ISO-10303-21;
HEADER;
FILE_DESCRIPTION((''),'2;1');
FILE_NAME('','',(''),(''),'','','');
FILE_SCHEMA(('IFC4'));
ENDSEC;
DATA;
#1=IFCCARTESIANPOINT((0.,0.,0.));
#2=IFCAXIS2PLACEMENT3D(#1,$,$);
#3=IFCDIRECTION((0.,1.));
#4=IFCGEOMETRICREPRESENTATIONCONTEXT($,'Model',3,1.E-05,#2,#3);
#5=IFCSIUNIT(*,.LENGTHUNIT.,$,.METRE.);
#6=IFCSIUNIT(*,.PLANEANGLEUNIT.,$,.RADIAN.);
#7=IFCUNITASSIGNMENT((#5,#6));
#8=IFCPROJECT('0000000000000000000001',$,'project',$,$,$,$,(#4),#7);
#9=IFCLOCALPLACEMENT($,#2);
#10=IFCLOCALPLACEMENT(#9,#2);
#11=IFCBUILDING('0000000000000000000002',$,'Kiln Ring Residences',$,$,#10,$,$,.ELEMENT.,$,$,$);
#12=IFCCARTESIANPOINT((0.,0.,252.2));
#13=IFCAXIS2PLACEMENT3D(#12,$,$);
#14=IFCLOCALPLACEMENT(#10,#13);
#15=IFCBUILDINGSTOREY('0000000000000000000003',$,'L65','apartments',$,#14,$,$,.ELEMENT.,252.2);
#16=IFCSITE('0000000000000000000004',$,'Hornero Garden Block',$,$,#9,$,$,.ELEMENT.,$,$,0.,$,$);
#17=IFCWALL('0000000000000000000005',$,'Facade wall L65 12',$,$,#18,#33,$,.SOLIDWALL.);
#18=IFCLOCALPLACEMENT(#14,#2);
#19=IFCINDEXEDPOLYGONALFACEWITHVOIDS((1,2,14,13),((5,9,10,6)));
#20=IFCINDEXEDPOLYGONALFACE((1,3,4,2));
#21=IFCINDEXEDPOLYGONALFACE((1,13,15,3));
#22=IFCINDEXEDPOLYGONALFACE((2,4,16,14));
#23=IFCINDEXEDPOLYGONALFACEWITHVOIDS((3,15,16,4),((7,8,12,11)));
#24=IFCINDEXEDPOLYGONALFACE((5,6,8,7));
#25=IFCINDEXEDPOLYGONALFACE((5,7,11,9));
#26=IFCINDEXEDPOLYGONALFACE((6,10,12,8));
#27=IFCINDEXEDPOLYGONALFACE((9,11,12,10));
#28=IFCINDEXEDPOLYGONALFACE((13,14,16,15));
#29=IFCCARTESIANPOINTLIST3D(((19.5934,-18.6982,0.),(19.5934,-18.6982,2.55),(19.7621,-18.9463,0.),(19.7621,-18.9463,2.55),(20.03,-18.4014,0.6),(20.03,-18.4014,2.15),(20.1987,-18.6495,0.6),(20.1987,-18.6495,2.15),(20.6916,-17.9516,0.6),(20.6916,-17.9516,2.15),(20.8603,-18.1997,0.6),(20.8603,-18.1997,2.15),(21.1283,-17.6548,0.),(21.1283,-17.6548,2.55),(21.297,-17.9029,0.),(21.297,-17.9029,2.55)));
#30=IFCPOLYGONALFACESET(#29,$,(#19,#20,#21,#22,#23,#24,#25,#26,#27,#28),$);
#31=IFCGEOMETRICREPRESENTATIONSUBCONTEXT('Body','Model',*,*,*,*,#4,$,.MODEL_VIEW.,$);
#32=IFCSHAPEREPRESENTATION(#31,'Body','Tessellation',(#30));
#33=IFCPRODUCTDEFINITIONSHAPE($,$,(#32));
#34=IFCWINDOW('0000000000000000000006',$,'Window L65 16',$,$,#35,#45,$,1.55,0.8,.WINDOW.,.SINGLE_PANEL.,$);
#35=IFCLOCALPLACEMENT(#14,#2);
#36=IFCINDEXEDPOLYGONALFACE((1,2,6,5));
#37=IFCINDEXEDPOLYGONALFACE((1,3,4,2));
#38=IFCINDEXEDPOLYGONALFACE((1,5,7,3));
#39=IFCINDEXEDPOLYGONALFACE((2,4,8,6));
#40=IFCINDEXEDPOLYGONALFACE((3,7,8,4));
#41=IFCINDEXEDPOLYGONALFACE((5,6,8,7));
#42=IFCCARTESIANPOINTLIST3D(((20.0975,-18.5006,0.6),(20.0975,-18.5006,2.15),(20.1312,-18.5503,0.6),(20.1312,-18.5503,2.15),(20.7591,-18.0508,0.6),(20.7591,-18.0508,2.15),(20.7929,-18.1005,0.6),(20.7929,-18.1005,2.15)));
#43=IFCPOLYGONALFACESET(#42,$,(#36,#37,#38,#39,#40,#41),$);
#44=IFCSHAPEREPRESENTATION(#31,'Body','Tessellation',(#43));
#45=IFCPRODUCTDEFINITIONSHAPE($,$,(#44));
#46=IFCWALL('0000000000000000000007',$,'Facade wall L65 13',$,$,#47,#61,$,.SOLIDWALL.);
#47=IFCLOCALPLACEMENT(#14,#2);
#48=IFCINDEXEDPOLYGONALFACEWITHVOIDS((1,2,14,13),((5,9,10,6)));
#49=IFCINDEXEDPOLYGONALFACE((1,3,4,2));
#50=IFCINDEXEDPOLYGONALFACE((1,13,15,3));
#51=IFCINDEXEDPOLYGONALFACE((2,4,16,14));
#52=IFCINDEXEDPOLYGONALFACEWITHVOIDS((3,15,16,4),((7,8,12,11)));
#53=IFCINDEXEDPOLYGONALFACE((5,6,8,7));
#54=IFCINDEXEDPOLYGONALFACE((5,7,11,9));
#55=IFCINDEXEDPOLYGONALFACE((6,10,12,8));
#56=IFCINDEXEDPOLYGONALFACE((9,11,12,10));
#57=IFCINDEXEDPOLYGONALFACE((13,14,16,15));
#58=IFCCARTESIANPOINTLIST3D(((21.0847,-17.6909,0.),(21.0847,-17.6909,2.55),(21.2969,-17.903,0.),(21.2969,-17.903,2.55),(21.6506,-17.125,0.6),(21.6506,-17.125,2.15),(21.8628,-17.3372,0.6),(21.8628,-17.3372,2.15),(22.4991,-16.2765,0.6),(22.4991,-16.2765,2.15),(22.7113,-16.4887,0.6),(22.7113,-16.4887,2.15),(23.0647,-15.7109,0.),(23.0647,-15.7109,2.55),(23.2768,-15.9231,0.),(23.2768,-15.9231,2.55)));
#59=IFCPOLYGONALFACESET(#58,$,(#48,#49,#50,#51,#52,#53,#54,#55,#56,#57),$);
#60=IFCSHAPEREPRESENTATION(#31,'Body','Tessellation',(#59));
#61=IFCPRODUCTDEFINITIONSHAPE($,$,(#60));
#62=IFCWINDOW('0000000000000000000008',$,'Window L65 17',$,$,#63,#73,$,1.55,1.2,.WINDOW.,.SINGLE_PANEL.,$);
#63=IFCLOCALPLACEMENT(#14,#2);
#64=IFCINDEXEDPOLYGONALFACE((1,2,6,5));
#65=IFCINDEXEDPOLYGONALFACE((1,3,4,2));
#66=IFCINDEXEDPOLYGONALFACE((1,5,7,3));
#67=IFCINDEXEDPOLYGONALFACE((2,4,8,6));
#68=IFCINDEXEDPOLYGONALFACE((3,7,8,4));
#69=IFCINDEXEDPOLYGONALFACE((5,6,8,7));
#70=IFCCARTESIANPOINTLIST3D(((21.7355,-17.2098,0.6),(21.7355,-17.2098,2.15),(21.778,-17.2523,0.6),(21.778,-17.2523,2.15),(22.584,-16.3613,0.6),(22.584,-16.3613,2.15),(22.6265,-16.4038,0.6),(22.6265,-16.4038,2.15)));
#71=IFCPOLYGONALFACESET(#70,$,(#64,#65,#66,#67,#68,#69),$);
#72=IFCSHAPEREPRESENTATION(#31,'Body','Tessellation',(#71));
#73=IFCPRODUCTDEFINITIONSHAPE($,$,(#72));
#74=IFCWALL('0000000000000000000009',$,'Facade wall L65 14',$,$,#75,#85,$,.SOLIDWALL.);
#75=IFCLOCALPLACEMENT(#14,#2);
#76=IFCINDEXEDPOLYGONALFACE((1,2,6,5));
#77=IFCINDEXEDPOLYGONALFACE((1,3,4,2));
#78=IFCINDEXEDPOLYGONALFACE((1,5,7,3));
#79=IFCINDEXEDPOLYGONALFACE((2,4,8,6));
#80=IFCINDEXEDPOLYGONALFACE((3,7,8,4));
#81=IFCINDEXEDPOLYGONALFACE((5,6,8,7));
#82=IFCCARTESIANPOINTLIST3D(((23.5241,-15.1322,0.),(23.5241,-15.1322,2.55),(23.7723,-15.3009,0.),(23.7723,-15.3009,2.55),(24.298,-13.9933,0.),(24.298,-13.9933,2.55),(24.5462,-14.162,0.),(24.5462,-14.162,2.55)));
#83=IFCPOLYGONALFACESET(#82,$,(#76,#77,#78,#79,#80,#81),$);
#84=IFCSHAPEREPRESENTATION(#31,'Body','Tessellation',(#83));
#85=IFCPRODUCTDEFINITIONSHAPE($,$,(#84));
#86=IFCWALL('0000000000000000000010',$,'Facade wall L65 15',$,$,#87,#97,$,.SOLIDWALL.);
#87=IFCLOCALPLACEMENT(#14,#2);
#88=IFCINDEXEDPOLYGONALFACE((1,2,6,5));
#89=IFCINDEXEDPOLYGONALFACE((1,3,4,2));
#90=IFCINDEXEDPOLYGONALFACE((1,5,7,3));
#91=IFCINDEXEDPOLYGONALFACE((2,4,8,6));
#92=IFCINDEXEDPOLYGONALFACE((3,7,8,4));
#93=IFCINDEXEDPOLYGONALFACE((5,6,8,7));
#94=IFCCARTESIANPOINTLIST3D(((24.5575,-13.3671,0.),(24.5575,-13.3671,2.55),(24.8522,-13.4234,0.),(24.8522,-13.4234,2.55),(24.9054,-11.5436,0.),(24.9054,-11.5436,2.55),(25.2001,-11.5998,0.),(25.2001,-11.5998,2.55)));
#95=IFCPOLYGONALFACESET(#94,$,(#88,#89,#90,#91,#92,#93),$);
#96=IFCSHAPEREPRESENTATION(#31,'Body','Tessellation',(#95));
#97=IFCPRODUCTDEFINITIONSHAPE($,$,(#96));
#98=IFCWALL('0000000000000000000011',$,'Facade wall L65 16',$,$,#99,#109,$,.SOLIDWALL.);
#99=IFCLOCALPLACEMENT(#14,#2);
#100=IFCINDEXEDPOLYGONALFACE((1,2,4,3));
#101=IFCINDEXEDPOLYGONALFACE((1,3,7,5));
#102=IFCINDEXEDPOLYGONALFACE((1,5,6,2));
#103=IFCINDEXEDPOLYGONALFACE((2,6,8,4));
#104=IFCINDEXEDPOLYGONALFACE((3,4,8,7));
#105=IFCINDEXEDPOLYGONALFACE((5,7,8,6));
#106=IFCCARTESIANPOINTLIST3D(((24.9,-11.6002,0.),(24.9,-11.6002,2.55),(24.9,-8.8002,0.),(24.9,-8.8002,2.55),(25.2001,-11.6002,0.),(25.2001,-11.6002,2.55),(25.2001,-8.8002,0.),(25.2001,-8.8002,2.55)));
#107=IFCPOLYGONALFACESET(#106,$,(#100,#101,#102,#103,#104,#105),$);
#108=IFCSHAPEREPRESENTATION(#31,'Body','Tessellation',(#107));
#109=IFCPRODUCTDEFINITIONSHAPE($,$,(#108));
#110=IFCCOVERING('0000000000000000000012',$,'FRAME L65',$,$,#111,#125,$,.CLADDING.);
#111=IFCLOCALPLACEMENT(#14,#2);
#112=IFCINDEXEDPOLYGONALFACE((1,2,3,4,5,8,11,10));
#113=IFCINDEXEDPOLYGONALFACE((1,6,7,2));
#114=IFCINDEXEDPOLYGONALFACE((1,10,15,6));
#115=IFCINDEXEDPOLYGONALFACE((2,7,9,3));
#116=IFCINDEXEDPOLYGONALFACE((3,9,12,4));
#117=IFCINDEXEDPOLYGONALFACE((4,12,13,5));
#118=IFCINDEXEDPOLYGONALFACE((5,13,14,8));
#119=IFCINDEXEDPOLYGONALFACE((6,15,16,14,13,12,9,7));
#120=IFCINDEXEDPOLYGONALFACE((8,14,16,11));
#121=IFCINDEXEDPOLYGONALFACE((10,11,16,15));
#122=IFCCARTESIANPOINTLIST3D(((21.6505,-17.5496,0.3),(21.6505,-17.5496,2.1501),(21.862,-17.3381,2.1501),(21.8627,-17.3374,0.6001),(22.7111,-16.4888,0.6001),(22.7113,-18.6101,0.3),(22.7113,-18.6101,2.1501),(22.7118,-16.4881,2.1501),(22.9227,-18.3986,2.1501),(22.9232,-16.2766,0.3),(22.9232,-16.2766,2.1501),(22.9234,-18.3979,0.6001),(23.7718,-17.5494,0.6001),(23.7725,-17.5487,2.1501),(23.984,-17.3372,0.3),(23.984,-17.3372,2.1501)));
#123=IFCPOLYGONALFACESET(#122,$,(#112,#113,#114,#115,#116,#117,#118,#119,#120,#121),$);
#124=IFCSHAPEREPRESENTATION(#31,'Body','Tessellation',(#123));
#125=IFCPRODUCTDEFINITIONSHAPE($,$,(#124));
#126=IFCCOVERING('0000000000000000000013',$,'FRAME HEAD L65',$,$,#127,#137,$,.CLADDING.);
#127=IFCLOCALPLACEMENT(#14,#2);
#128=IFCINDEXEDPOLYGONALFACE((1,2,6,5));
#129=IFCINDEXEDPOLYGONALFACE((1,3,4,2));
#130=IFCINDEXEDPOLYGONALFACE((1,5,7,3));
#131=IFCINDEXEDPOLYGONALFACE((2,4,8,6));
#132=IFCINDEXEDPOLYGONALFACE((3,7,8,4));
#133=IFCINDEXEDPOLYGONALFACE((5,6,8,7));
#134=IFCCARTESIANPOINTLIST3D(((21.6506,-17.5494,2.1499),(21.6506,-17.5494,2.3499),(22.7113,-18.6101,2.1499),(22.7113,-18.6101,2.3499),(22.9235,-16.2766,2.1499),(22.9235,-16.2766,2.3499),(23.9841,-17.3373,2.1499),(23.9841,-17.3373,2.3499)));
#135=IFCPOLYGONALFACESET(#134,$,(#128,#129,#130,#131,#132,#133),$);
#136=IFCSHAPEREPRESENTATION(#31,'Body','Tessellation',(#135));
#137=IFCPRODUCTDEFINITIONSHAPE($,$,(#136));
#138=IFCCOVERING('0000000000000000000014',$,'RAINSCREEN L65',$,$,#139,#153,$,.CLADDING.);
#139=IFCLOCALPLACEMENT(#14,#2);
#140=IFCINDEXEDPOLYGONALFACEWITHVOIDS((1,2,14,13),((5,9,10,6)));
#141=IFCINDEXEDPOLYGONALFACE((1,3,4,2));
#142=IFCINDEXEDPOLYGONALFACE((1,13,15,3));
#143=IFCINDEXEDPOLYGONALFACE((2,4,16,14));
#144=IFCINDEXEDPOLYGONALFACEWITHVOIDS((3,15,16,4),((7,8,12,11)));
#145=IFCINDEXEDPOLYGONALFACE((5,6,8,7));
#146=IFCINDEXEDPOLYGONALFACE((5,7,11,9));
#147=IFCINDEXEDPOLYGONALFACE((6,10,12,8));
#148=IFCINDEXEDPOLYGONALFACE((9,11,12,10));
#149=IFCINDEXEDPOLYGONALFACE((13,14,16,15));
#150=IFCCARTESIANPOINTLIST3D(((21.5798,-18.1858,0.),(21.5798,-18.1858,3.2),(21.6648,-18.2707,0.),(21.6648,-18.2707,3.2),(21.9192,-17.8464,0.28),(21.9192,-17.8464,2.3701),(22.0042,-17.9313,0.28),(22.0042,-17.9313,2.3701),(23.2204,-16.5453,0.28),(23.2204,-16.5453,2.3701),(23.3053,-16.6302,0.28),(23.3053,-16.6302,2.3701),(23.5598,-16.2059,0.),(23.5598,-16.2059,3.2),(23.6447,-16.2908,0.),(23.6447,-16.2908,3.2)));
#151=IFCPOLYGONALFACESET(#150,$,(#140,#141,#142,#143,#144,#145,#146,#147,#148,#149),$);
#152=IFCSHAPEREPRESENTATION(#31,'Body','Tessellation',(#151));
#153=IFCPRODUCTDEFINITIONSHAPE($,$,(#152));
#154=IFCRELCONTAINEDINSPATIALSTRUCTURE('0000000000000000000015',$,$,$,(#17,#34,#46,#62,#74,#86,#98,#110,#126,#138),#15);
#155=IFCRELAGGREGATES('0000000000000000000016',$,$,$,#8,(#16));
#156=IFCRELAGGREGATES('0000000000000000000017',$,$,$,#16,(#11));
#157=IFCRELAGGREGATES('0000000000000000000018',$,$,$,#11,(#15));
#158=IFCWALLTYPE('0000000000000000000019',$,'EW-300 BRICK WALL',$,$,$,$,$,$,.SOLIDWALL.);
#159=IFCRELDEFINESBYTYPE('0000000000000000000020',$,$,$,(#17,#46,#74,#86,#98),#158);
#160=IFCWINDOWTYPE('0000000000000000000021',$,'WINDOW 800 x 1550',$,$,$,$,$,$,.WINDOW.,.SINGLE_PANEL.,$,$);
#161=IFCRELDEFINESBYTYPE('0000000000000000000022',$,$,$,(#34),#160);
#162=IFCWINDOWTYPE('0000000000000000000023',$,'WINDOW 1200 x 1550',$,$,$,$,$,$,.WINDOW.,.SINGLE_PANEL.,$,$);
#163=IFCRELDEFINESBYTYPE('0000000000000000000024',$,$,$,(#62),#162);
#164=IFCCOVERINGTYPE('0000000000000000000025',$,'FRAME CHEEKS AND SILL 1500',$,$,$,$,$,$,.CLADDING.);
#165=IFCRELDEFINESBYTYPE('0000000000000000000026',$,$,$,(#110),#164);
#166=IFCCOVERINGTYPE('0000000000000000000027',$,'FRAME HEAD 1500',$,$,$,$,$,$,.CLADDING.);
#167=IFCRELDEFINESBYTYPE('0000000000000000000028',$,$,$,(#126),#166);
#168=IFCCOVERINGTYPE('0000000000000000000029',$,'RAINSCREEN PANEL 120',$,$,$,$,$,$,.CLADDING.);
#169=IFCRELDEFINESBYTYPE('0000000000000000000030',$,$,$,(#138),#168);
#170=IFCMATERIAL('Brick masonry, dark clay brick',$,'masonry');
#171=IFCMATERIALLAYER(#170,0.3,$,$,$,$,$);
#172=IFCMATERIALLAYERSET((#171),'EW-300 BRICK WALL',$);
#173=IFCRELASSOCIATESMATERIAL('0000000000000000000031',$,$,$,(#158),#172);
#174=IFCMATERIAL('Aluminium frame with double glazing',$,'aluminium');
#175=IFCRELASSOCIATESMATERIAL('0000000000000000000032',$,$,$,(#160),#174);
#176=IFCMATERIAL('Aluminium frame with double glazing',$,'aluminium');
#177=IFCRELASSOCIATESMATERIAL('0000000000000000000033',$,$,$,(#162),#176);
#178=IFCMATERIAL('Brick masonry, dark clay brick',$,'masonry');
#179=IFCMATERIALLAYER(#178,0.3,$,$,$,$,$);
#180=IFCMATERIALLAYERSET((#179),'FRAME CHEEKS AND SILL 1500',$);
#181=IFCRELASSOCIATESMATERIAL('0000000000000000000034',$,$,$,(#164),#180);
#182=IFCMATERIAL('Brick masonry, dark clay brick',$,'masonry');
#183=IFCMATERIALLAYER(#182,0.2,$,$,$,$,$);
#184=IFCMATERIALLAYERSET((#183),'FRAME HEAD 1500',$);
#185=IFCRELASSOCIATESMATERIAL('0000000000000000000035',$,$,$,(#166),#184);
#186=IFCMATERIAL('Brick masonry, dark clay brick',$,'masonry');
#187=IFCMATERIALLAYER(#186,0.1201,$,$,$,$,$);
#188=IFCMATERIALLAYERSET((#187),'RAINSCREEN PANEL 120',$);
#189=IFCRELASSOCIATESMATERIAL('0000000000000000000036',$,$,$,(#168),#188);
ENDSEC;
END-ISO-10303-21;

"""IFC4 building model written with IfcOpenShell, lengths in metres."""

from ifc_helpers import new_model, si_unit, direction, frame, frame_2d, origin, origin_2d, place, context, subcontext, project, spatial, polyline, rectangle, outline, extrude, material, layer, layer_set, type_object, element, fill, save


model = new_model("IFC4")

# Units and contexts
model_context = context("Model", 3, precision=1e-05, world=origin(), true_north=direction((0.0, 1.0)))
body_context = subcontext(model_context, "Body", "Model", "MODEL_VIEW")
ifc_project = project(units=[si_unit("LENGTHUNIT", "METRE"), si_unit("PLANEANGLEUNIT", "RADIAN")], contexts=[model_context])

# Site, building, storey
site_placement = place(None, origin())
site = spatial("IfcSite", under=ifc_project, at=site_placement, Name="Hornero Garden Block", CompositionType="ELEMENT", RefElevation=0.0)
building_placement = place(site_placement, origin())
building = spatial("IfcBuilding", under=site, at=building_placement, Name="Kiln Ring Residences", CompositionType="ELEMENT")
storey_placement = place(building_placement, frame((0.0, 0.0, 252.2)))
storey = spatial("IfcBuildingStorey", under=building, at=storey_placement, Name="L65", Description="apartments", CompositionType="ELEMENT", Elevation=252.2)

# Walls, openings, windows
ifc_material_1 = material(Name="Brick masonry, dark clay brick", Category="masonry")
ifc_layer_1 = layer(ifc_material_1, 0.3)
ifc_layer_set_1 = layer_set([ifc_layer_1], Name="EW-300 BRICK WALL")
wall_type_1 = type_object("IfcWallType", Name="EW-300 BRICK WALL", PredefinedType="SOLIDWALL", material=ifc_layer_set_1)
wall_1_placement = place(storey_placement, frame((19.6777, -18.8223, 0.0), z_axis=(0.0, 0.0, 1.0), x_axis=(0.826997, 0.562206, 0.0)))
wall_1 = element("IfcWall", 1, at=wall_1_placement, inside=storey, type_object=wall_type_1, Name="Facade wall L65 12", PredefinedType="SOLIDWALL", context=body_context, shape_type="SweptSolid", body=[
    extrude(rectangle(XDim=1.856, YDim=0.3, at=frame_2d((0.928, 0.0))), origin(), (0.0, 0.0, 1.0), 2.55),
])
opening_1_placement = place(wall_1_placement, frame((0.5281, 0.0, 0.6001)))
opening_1 = element("IfcOpeningElement", 2, at=opening_1_placement, cuts=wall_1, PredefinedType="OPENING", context=body_context, shape_type="SweptSolid", body=[
    extrude(rectangle(XDim=0.8, YDim=1.55, at=frame_2d((0.3999, 0.7749))), frame((0.0, 0.1599, 0.0), z_axis=(0.0, -1.0, 0.0), x_axis=(1.0, 0.0, 0.0)), (0.0, 0.0, 1.0), 0.3201),
])
ifc_material_2 = material(Name="Aluminium frame with double glazing", Category="aluminium")
window_type_1 = type_object("IfcWindowType", Name="WINDOW 800 x 1550", PartitioningType="SINGLE_PANEL", PredefinedType="WINDOW", material=ifc_material_2)
window_1_placement = place(opening_1_placement, origin())
window_1 = element("IfcWindow", 3, at=window_1_placement, inside=storey, type_object=window_type_1, Name="Window L65 16", OverallHeight=1.55, OverallWidth=0.8, PartitioningType="SINGLE_PANEL", PredefinedType="WINDOW", context=body_context, shape_type="SweptSolid", body=[
    extrude(rectangle(XDim=0.8, YDim=1.55, at=frame_2d((0.3999, 0.7749))), frame((0.0, 0.03, 0.0), z_axis=(0.0, -1.0, 0.0), x_axis=(1.0, 0.0, 0.0)), (0.0, 0.0, 1.0), 0.0601),
])
fill(opening_1, window_1)
wall_2_placement = place(storey_placement, frame((21.1909, -17.7969, 0.0), z_axis=(0.0, 0.0, 1.0), x_axis=(0.707107, 0.707107, 0.0)))
wall_2 = element("IfcWall", 4, at=wall_2_placement, inside=storey, type_object=wall_type_1, Name="Facade wall L65 13", PredefinedType="SOLIDWALL", context=body_context, shape_type="SweptSolid", body=[
    extrude(rectangle(XDim=2.8, YDim=0.3, at=frame_2d((1.3999, 0.0))), origin(), (0.0, 0.0, 1.0), 2.55),
])
opening_2_placement = place(wall_2_placement, frame((0.8, 0.0, 0.6001)))
opening_2 = element("IfcOpeningElement", 5, at=opening_2_placement, cuts=wall_2, PredefinedType="OPENING", context=body_context, shape_type="SweptSolid", body=[
    extrude(rectangle(XDim=1.2, YDim=1.55, at=frame_2d((0.6001, 0.7749))), frame((0.0, 0.1599, 0.0), z_axis=(0.0, -1.0, 0.0), x_axis=(1.0, 0.0, 0.0)), (0.0, 0.0, 1.0), 0.3201),
])
ifc_material_3 = material(Name="Aluminium frame with double glazing", Category="aluminium")
window_type_2 = type_object("IfcWindowType", Name="WINDOW 1200 x 1550", PartitioningType="SINGLE_PANEL", PredefinedType="WINDOW", material=ifc_material_3)
window_2_placement = place(opening_2_placement, origin())
window_2 = element("IfcWindow", 6, at=window_2_placement, inside=storey, type_object=window_type_2, Name="Window L65 17", OverallHeight=1.55, OverallWidth=1.2, PartitioningType="SINGLE_PANEL", PredefinedType="WINDOW", context=body_context, shape_type="SweptSolid", body=[
    extrude(rectangle(XDim=1.2, YDim=1.55, at=frame_2d((0.6001, 0.7749))), frame((0.0, 0.03, 0.0), z_axis=(0.0, -1.0, 0.0), x_axis=(1.0, 0.0, 0.0)), (0.0, 0.0, 1.0), 0.0601),
])
fill(opening_2, window_2)

# Walls
wall_3_placement = place(storey_placement, frame((23.6482, -15.2166, 0.0), z_axis=(0.0, 0.0, 1.0), x_axis=(0.562043, 0.827108, 0.0)))
element("IfcWall", 7, at=wall_3_placement, inside=storey, type_object=wall_type_1, Name="Facade wall L65 14", PredefinedType="SOLIDWALL", context=body_context, shape_type="SweptSolid", body=[
    extrude(rectangle(XDim=1.377, YDim=0.3, at=frame_2d((0.6885, 0.0))), origin(), (0.0, 0.0, 1.0), 2.55),
])
wall_4_placement = place(storey_placement, frame((24.7048, -13.3953, 0.0), z_axis=(0.0, 0.0, 1.0), x_axis=(0.187408, 0.982282, 0.0)))
element("IfcWall", 8, at=wall_4_placement, inside=storey, type_object=wall_type_1, Name="Facade wall L65 15", PredefinedType="SOLIDWALL", context=body_context, shape_type="SweptSolid", body=[
    extrude(rectangle(XDim=1.8564, YDim=0.3, at=frame_2d((0.9282, 0.0))), origin(), (0.0, 0.0, 1.0), 2.55),
])
wall_5_placement = place(storey_placement, frame((25.05, -11.6001, 0.0), z_axis=(0.0, 0.0, 1.0), x_axis=(0.0, 1.0, 0.0)))
element("IfcWall", 9, at=wall_5_placement, inside=storey, type_object=wall_type_1, Name="Facade wall L65 16", PredefinedType="SOLIDWALL", context=body_context, shape_type="SweptSolid", body=[
    extrude(rectangle(XDim=2.8, YDim=0.3, at=frame_2d((1.3999, 0.0))), origin(), (0.0, 0.0, 1.0), 2.55),
])

# Coverings
ifc_material_4 = material(Name="Brick masonry, dark clay brick", Category="masonry")
ifc_layer_2 = layer(ifc_material_4, 0.3)
ifc_layer_set_2 = layer_set([ifc_layer_2], Name="FRAME CHEEKS AND SILL 1500")
covering_type_1 = type_object("IfcCoveringType", Name="FRAME CHEEKS AND SILL 1500", PredefinedType="CLADDING", material=ifc_layer_set_2)
covering_1_placement = place(storey_placement, frame((22.1809, -18.0798, 0.3), z_axis=(0.0, 0.0, 1.0), x_axis=(0.707039, 0.707175, 0.0)))
element("IfcCovering", 10, at=covering_1_placement, inside=storey, type_object=covering_type_1, Name="FRAME L65", PredefinedType="CLADDING", context=body_context, shape_type="SweptSolid", body=[
    extrude(outline(polyline([(0.0, 0.0), (1.8, 0.0), (1.8, 1.8501), (1.501, 1.8501), (1.5, 0.3), (0.3, 0.3), (0.2991, 1.8501), (0.0, 1.8501), (0.0, 0.0)])), frame((0.0, 0.75, 0.0), z_axis=(0.0, -1.0, 0.0), x_axis=(1.0, 0.0, 0.0)), (0.0, 0.0, 1.0), 1.5),
])
ifc_material_5 = material(Name="Brick masonry, dark clay brick", Category="masonry")
ifc_layer_3 = layer(ifc_material_5, 0.2)
ifc_layer_set_3 = layer_set([ifc_layer_3], Name="FRAME HEAD 1500")
covering_type_2 = type_object("IfcCoveringType", Name="FRAME HEAD 1500", PredefinedType="CLADDING", material=ifc_layer_set_3)
covering_2_placement = place(storey_placement, frame((22.8174, -17.4434, 2.1499), z_axis=(0.0, 0.0, 1.0), x_axis=(0.707107, 0.707107, 0.0)))
element("IfcCovering", 11, at=covering_2_placement, inside=storey, type_object=covering_type_2, Name="FRAME HEAD L65", PredefinedType="CLADDING", context=body_context, shape_type="SweptSolid", body=[
    extrude(rectangle(XDim=1.8, YDim=1.5, at=origin_2d()), origin(), (0.0, 0.0, 1.0), 0.2),
])
ifc_material_6 = material(Name="Brick masonry, dark clay brick", Category="masonry")
ifc_layer_4 = layer(ifc_material_6, 0.1201)
ifc_layer_set_4 = layer_set([ifc_layer_4], Name="RAINSCREEN PANEL 120")
covering_type_3 = type_object("IfcCoveringType", Name="RAINSCREEN PANEL 120", PredefinedType="CLADDING", material=ifc_layer_set_4)
covering_3_placement = place(storey_placement, frame((21.6223, -18.2283, 0.0), z_axis=(0.0, 0.0, 1.0), x_axis=(0.707107, 0.707107, 0.0)))
element("IfcCovering", 12, at=covering_3_placement, inside=storey, type_object=covering_type_3, Name="RAINSCREEN L65", PredefinedType="CLADDING", context=body_context, shape_type="SweptSolid", body=[
    extrude(outline(polyline([(0.0, 0.0), (2.8, 0.0), (2.8, 3.2), (0.0, 3.2), (0.0, 0.0)]), holes=[polyline([(0.48, 2.3701), (0.48, 0.28), (2.3201, 0.28), (2.3201, 2.3701), (0.48, 2.3701)])]), frame((0.0, 0.0601, 0.0), z_axis=(0.0, -1.0, 0.0), x_axis=(1.0, 0.0, 0.0)), (0.0, 0.0, 1.0), 0.1201),
])

save(model, "model.ifc")
